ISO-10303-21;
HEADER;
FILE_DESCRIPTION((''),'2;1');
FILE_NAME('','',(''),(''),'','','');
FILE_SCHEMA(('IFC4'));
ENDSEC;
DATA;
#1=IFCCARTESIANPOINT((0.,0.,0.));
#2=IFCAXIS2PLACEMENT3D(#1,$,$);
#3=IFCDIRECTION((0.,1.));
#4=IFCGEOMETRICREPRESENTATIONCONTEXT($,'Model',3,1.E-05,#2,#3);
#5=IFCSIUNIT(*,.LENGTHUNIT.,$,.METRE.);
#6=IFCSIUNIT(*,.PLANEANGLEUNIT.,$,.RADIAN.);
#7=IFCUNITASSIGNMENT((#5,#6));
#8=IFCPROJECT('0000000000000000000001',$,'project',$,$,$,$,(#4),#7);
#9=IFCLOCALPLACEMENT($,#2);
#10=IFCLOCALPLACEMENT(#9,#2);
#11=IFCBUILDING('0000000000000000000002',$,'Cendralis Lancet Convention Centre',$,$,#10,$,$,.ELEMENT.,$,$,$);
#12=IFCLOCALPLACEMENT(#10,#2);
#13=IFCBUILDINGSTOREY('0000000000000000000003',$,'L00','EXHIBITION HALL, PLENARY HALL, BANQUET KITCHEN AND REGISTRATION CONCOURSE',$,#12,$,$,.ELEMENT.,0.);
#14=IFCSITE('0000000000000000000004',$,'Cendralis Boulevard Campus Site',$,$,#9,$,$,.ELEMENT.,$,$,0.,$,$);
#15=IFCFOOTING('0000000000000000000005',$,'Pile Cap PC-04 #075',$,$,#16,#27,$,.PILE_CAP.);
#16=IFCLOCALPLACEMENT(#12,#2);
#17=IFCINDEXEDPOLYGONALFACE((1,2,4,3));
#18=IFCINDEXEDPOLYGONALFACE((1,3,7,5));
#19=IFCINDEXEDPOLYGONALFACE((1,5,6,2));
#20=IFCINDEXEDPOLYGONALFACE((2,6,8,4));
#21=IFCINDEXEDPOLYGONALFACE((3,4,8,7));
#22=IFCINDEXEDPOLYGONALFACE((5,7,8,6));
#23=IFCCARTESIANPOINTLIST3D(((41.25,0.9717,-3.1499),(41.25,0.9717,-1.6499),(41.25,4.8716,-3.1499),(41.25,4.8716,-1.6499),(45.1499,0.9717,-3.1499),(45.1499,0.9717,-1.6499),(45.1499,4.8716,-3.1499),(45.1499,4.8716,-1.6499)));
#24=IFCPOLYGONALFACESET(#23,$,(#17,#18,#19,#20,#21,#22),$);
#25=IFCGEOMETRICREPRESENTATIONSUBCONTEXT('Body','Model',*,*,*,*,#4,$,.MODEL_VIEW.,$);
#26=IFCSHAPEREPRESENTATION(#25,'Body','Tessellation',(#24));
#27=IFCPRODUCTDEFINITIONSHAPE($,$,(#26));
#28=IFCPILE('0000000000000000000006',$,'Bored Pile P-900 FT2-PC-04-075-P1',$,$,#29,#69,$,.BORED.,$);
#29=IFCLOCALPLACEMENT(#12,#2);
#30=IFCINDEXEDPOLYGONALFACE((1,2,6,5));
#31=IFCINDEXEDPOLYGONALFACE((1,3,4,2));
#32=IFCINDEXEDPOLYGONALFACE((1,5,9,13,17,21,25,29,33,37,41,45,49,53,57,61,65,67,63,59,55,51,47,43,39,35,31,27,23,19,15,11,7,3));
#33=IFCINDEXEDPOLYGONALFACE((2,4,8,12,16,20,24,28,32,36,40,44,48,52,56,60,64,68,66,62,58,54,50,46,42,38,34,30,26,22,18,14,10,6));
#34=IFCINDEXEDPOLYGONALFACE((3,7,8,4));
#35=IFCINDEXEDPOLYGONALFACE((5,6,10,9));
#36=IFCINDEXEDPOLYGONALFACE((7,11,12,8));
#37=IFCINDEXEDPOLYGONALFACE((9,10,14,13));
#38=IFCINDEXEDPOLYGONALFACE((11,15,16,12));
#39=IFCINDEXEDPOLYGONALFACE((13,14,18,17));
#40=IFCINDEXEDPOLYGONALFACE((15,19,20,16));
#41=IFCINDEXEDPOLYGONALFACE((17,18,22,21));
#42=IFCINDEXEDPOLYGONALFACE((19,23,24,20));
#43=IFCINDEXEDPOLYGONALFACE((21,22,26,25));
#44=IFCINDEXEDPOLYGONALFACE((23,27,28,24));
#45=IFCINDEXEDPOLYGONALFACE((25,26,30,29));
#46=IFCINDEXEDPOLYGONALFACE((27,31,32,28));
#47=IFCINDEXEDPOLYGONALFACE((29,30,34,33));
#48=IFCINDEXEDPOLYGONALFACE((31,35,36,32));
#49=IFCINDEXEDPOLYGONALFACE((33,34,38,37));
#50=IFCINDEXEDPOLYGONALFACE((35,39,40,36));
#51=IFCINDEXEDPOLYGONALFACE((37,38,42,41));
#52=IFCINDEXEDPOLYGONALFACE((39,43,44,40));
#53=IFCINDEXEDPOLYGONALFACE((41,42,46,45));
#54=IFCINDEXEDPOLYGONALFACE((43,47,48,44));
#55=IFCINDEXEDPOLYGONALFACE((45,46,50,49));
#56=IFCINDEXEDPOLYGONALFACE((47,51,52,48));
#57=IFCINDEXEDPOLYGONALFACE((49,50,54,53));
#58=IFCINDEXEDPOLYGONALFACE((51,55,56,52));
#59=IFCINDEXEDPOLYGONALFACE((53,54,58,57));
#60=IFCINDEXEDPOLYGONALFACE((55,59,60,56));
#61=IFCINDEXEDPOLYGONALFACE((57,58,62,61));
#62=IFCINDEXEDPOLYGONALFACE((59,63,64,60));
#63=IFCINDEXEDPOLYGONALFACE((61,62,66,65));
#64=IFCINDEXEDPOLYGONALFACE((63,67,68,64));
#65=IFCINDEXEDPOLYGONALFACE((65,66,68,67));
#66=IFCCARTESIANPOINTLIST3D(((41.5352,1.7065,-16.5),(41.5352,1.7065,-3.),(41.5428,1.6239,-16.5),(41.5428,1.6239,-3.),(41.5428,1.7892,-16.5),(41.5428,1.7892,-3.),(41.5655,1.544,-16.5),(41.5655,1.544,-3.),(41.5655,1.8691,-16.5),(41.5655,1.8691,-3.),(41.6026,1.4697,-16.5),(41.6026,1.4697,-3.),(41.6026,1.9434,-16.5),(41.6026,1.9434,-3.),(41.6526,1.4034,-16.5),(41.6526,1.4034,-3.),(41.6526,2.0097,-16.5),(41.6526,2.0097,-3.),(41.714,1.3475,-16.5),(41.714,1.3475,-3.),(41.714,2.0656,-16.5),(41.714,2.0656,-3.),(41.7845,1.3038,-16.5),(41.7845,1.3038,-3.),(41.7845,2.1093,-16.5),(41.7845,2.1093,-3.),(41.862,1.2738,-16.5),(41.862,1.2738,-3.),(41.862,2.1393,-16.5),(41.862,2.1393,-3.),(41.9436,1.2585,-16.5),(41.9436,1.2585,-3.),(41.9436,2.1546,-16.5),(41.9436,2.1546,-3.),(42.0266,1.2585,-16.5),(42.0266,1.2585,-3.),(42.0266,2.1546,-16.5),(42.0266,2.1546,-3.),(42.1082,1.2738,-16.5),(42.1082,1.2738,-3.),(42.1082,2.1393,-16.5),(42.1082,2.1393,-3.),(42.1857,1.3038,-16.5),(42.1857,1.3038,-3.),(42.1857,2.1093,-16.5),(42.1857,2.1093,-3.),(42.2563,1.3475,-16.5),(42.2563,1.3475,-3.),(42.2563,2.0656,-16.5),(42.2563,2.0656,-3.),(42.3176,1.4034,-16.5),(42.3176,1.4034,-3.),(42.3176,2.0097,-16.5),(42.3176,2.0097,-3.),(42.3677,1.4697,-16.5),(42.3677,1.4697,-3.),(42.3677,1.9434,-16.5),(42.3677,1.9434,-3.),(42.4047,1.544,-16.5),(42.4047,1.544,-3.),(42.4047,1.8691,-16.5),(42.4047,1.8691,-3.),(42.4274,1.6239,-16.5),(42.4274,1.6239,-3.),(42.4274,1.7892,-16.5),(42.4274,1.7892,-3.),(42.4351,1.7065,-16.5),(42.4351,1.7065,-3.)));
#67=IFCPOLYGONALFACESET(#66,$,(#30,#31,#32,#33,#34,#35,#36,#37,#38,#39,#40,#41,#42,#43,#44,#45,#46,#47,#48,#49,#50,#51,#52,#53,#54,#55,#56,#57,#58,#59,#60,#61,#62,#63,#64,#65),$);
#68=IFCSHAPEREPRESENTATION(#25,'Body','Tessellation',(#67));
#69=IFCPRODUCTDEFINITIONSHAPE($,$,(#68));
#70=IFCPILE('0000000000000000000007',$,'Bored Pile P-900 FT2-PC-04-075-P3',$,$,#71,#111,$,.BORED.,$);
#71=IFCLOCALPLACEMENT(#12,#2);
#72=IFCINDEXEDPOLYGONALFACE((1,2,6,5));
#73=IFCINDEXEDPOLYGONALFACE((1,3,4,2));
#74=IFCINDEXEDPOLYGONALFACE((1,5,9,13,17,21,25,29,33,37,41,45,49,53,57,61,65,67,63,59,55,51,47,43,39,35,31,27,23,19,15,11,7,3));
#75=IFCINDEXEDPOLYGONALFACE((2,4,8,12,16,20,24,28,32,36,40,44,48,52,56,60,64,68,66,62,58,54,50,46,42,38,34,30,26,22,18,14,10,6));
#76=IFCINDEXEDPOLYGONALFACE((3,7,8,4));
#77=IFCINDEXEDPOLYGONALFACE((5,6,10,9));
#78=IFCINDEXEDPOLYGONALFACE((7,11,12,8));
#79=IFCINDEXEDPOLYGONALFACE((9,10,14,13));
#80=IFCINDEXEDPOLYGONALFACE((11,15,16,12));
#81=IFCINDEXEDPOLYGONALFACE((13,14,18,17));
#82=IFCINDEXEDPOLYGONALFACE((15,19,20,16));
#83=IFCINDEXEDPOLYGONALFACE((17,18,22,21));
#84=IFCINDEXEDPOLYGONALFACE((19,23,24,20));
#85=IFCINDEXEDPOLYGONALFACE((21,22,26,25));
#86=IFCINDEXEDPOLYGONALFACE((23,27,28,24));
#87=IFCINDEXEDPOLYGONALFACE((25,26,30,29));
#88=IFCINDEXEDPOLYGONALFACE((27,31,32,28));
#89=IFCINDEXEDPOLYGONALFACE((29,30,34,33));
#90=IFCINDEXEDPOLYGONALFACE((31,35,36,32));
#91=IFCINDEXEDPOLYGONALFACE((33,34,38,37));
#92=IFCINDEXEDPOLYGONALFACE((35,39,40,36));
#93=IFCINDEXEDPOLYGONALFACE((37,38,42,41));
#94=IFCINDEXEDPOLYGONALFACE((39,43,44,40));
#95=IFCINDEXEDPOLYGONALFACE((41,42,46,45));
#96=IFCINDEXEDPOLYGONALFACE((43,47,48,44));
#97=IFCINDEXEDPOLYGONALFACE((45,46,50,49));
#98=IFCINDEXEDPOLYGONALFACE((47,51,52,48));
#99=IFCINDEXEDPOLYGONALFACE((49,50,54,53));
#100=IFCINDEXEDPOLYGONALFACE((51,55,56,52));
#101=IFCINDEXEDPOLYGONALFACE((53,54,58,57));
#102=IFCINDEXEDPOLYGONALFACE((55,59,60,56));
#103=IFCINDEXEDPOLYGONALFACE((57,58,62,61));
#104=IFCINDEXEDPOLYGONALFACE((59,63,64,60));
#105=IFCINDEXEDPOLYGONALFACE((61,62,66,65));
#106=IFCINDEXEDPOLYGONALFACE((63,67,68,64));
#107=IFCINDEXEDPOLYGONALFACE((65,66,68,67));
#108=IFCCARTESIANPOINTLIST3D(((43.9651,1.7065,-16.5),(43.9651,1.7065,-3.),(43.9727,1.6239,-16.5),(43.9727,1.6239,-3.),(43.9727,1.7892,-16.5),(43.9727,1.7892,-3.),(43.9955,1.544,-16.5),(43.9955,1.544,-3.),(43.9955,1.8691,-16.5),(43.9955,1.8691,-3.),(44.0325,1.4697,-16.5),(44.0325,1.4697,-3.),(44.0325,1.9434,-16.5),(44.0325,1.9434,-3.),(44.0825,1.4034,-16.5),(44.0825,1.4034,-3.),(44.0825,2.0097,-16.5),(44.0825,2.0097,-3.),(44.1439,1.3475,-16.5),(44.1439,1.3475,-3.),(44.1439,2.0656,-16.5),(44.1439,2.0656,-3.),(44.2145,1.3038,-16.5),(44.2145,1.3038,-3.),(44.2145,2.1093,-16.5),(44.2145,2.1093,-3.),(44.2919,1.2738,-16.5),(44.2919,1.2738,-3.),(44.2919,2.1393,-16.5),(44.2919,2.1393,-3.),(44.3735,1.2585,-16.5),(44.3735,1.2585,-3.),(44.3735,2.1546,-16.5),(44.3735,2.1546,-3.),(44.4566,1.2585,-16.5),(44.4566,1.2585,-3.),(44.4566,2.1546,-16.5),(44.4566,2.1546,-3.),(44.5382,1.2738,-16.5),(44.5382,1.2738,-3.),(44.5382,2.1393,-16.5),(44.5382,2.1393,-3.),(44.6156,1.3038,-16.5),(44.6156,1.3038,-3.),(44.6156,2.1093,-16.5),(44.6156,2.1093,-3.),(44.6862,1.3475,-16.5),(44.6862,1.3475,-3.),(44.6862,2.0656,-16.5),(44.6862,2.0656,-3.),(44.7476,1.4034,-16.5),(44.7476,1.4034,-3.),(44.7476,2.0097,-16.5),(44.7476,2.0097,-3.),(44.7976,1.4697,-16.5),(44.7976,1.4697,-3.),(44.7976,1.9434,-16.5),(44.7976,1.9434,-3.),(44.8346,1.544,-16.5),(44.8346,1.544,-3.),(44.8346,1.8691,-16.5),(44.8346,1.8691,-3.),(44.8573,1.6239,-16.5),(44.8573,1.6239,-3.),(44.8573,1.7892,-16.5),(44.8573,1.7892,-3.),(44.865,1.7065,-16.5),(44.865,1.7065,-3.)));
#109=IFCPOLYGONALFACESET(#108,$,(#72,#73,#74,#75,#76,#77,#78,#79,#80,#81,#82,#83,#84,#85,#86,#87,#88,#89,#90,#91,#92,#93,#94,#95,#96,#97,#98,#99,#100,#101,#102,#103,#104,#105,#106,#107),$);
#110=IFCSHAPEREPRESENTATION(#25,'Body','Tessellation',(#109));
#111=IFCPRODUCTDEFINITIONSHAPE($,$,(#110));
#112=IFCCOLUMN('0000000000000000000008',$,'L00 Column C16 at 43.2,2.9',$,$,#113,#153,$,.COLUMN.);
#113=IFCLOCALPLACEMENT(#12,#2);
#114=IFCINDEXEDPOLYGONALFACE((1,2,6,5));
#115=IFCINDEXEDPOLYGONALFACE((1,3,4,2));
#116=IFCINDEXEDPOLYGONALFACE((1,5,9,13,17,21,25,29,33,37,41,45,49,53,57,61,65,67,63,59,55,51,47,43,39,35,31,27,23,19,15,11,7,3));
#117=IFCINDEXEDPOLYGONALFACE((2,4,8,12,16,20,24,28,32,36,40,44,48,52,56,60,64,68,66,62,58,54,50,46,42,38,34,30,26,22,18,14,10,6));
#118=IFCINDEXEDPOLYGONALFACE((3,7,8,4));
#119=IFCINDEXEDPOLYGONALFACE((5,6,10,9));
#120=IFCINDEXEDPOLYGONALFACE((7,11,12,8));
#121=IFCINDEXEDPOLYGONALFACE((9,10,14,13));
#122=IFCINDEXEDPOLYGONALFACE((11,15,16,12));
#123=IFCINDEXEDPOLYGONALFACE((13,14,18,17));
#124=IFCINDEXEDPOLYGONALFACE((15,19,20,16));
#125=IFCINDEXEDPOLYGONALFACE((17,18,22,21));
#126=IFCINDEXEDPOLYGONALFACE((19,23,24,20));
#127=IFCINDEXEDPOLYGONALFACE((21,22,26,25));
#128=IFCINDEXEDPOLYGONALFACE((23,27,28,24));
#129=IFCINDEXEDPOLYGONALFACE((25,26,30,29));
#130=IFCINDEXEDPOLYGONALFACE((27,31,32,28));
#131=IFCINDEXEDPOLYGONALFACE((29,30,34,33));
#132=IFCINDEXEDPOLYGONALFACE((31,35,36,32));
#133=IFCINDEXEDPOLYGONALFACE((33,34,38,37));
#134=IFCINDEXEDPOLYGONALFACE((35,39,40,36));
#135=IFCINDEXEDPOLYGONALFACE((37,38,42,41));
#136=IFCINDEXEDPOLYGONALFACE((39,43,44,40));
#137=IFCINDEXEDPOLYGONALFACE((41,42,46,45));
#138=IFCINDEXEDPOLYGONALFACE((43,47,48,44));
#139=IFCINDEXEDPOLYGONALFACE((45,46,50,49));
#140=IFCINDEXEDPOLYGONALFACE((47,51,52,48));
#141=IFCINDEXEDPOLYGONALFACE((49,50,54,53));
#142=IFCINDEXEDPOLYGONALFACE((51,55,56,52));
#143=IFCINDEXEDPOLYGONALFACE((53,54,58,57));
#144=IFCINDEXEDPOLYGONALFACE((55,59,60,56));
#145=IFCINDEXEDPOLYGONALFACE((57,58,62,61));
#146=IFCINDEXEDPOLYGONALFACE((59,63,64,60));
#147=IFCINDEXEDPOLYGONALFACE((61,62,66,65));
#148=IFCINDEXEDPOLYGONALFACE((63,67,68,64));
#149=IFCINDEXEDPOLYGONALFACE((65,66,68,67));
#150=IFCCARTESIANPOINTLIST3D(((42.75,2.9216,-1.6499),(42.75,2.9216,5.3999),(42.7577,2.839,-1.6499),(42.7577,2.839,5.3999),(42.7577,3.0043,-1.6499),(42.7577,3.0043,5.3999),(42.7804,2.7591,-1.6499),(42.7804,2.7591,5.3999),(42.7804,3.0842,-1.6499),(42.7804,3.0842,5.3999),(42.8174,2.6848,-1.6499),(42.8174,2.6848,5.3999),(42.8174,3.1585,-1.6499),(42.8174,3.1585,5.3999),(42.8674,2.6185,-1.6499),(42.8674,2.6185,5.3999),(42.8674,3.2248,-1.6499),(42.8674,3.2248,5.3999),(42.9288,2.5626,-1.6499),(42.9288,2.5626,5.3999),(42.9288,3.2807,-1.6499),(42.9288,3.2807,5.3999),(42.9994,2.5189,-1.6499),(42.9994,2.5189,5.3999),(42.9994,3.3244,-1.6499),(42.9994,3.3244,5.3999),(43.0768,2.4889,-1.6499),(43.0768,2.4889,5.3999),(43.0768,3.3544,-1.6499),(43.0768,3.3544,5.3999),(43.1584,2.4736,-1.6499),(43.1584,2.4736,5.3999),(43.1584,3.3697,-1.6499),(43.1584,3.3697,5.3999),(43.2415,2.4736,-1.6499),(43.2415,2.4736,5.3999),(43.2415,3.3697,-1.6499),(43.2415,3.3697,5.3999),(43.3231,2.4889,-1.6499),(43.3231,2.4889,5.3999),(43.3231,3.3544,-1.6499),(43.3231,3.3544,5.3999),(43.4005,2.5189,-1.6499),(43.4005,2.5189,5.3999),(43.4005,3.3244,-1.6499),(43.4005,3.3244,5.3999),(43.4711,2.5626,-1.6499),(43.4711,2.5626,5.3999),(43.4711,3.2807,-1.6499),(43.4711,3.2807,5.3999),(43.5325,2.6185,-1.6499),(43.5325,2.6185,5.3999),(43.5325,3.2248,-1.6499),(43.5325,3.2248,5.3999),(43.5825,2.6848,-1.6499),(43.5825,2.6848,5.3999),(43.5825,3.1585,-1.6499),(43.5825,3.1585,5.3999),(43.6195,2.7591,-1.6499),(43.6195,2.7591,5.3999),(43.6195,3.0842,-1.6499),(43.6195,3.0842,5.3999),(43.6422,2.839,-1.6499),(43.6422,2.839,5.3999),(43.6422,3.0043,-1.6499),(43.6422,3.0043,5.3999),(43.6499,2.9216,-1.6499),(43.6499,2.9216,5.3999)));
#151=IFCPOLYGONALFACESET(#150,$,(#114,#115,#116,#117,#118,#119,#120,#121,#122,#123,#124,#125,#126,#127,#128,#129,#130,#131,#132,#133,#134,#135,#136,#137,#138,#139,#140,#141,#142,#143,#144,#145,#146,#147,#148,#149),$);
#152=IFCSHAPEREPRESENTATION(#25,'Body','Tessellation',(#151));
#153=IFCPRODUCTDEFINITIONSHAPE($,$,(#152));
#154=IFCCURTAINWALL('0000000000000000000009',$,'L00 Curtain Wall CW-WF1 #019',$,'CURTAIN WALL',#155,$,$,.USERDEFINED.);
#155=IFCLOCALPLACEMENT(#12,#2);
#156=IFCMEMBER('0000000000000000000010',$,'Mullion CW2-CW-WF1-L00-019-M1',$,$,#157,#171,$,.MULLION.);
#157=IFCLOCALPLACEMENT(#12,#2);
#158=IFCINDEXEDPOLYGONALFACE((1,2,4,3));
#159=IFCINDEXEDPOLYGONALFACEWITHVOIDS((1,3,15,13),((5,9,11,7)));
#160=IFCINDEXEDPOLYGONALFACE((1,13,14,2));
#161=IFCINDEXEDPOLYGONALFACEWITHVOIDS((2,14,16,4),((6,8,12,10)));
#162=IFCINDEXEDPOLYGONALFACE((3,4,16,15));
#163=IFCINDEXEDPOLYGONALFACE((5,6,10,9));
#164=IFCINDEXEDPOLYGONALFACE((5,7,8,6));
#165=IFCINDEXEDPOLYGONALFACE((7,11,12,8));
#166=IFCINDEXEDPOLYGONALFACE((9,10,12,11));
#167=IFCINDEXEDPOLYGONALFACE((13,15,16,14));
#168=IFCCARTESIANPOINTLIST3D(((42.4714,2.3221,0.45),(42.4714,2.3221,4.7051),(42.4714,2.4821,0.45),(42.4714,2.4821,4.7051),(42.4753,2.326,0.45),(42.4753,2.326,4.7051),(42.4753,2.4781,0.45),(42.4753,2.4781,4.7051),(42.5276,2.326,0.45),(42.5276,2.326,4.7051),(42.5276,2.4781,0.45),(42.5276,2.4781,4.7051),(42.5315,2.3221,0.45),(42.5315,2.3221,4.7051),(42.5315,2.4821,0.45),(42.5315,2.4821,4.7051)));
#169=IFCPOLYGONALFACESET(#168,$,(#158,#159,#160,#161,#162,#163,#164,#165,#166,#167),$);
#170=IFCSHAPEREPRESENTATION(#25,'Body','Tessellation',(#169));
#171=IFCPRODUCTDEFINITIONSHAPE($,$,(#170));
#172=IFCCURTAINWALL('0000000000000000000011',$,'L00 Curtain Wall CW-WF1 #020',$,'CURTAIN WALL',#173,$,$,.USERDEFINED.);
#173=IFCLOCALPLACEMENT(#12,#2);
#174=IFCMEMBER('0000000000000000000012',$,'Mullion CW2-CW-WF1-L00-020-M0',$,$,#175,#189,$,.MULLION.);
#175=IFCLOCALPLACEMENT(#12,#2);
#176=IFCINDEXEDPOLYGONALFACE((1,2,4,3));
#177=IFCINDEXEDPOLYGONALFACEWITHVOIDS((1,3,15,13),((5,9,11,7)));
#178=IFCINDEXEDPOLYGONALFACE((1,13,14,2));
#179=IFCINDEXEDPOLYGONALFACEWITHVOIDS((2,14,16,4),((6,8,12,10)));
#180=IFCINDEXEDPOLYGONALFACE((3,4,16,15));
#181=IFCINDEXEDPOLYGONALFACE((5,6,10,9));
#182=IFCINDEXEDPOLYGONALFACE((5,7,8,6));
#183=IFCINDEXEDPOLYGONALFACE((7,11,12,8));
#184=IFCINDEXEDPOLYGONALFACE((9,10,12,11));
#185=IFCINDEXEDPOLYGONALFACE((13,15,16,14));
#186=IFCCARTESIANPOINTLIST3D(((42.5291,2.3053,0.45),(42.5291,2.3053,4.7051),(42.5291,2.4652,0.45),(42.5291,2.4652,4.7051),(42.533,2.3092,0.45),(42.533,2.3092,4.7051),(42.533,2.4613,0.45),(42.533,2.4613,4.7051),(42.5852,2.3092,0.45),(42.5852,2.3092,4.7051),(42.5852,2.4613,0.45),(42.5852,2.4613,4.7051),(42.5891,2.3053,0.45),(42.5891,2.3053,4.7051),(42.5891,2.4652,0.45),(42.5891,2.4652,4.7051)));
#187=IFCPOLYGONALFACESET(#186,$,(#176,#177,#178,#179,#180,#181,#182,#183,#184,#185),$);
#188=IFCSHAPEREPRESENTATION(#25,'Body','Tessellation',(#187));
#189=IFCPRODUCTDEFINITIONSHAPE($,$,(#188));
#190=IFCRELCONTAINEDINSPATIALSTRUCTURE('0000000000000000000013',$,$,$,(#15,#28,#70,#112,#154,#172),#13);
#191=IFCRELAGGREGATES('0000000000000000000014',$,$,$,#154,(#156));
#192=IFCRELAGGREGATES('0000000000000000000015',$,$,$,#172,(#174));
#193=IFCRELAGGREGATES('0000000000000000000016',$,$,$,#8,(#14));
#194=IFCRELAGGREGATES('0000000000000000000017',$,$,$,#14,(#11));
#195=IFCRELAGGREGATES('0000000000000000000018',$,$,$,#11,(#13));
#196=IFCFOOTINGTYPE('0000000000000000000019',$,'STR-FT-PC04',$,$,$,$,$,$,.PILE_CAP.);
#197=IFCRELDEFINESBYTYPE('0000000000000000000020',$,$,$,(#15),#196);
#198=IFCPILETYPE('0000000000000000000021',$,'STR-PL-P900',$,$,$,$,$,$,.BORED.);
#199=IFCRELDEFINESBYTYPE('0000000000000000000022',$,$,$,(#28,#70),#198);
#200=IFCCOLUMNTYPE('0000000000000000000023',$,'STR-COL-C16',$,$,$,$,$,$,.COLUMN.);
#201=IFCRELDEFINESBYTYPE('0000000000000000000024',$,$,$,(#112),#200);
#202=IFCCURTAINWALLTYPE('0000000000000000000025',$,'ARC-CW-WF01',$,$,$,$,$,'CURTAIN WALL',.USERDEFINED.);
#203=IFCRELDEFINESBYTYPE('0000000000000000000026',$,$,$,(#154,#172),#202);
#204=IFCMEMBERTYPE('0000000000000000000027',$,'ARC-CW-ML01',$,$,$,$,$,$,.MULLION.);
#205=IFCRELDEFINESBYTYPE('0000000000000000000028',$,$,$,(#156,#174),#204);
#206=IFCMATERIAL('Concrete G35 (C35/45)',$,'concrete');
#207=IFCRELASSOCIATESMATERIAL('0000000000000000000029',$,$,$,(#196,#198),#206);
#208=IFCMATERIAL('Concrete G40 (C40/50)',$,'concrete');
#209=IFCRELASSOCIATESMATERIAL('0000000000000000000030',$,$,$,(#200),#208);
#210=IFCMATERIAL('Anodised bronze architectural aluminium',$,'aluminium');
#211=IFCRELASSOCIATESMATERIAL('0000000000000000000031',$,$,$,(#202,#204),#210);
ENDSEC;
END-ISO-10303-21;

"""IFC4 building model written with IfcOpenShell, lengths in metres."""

from ifc_helpers import new_model, si_unit, direction, frame, origin, origin_2d, place, context, subcontext, project, spatial, rectangle, hollow_rectangle, circle, extrude, material, material_profile, profile_set, type_object, element, aggregate, save


model = new_model("IFC4")

# Units and contexts
model_context = context("Model", 3, precision=1e-05, world=origin(), true_north=direction((0.0, 1.0)))
body_context = subcontext(model_context, "Body", "Model", "MODEL_VIEW")
ifc_project = project(units=[si_unit("LENGTHUNIT", "METRE"), si_unit("PLANEANGLEUNIT", "RADIAN")], contexts=[model_context])

# Site, building, storey
site_placement = place(None, origin())
site = spatial("IfcSite", under=ifc_project, at=site_placement, Name="Cendralis Boulevard Campus Site", CompositionType="ELEMENT", RefElevation=0.0)
building_placement = place(site_placement, origin())
building = spatial("IfcBuilding", under=site, at=building_placement, Name="Cendralis Lancet Convention Centre", CompositionType="ELEMENT")
storey_placement = place(building_placement, origin())
storey = spatial("IfcBuildingStorey", under=building, at=storey_placement, Name="L00", Description="EXHIBITION HALL, PLENARY HALL, BANQUET KITCHEN AND REGISTRATION CONCOURSE", CompositionType="ELEMENT", Elevation=0.0)

# Footing
ifc_material_1 = material(Name="Concrete G35 (C35/45)", Category="concrete")
footing_type = type_object("IfcFootingType", Name="STR-FT-PC04", PredefinedType="PILE_CAP", material=ifc_material_1)
footing_placement = place(storey_placement, frame((43.2, 2.9216, -3.1499), z_axis=(0.0, 0.0, 1.0), x_axis=(1.0, 0.0, 0.0)))
element("IfcFooting", 1, at=footing_placement, inside=storey, type_object=footing_type, Name="Pile Cap PC-04 #075", PredefinedType="PILE_CAP", context=body_context, shape_type="SweptSolid", body=[
    extrude(rectangle(XDim=3.8999, YDim=3.8999, at=origin_2d()), origin(), (0.0, 0.0, 1.0), 1.5),
])

# Piles
ifc_material_profile_1 = material_profile(ifc_material_1, circle(Radius=0.45, at=origin_2d()), Name="BORED PILE D900")
ifc_profile_set_1 = profile_set([ifc_material_profile_1], Name="Concrete G35 (C35/45)")
pile_type = type_object("IfcPileType", Name="STR-PL-P900", PredefinedType="BORED", material=ifc_profile_set_1)
for number, where, z_axis, x_axis, name in (
    (2, (41.9851, 1.7065, -3.0), (0.0, 0.0, -1.0), (1.0, 0.0, 0.0), "Bored Pile P-900 FT2-PC-04-075-P1"),
    (3, (44.415, 1.7065, -3.0), (0.0, 0.0, -1.0), (1.0, 0.0, 0.0), "Bored Pile P-900 FT2-PC-04-075-P3"),
):
    element("IfcPile", number, at=place(storey_placement, frame(where, z_axis=z_axis, x_axis=x_axis)), inside=storey, type_object=pile_type, Name=name, PredefinedType="BORED", context=body_context, shape_type="SweptSolid", body=[
        extrude(circle(Radius=0.45, at=origin_2d()), origin(), (0.0, 0.0, 1.0), 13.5),
    ])

# Column
ifc_material_2 = material(Name="Concrete G40 (C40/50)", Category="concrete")
ifc_material_profile_2 = material_profile(ifc_material_2, circle(Radius=0.45, at=origin_2d()), Name="RC D900")
ifc_profile_set_2 = profile_set([ifc_material_profile_2], Name="Concrete G40 (C40/50)")
column_type = type_object("IfcColumnType", Name="STR-COL-C16", PredefinedType="COLUMN", material=ifc_profile_set_2)
column_placement = place(storey_placement, frame((43.2, 2.9216, -1.6499), z_axis=(0.0, 0.0, 1.0), x_axis=(1.0, 0.0, 0.0)))
element("IfcColumn", 4, at=column_placement, inside=storey, type_object=column_type, Name="L00 Column C16 at 43.2,2.9", PredefinedType="COLUMN", context=body_context, shape_type="SweptSolid", body=[
    extrude(circle(Radius=0.45, at=origin_2d()), origin(), (0.0, 0.0, 1.0), 7.0498),
])

# Curtain wall, member
ifc_material_3 = material(Name="Anodised bronze architectural aluminium", Category="aluminium")
curtain_wall_type = type_object("IfcCurtainWallType", Name="ARC-CW-WF01", ElementType="CURTAIN WALL", PredefinedType="USERDEFINED", material=ifc_material_3)
curtain_wall_1_placement = place(storey_placement, origin())
curtain_wall_1 = element("IfcCurtainWall", 5, at=curtain_wall_1_placement, inside=storey, type_object=curtain_wall_type, Name="L00 Curtain Wall CW-WF1 #019", ObjectType="CURTAIN WALL", PredefinedType="USERDEFINED")
ifc_material_profile_3 = material_profile(ifc_material_3, hollow_rectangle(XDim=0.0601, YDim=0.1599, WallThickness=0.0039, at=origin_2d()), Name="AL-MULL 60x160x4.0")
ifc_profile_set_3 = profile_set([ifc_material_profile_3], Name="Anodised bronze architectural aluminium")
member_type_1 = type_object("IfcMemberType", Name="ARC-CW-ML01", PredefinedType="MULLION", material=ifc_profile_set_3)
member_1_placement = place(storey_placement, frame((42.5015, 2.4021, 0.45), z_axis=(0.0, 0.0, 1.0), x_axis=(1.0, 0.0, 0.0)))
member_1 = element("IfcMember", 6, at=member_1_placement, type_object=member_type_1, Name="Mullion CW2-CW-WF1-L00-019-M1", PredefinedType="MULLION", context=body_context, shape_type="SweptSolid", body=[
    extrude(hollow_rectangle(XDim=0.0601, YDim=0.1599, WallThickness=0.0039, at=origin_2d()), origin(), (0.0, 0.0, 1.0), 4.2551),
])

# Curtain wall, member
curtain_wall_2_placement = place(storey_placement, origin())
curtain_wall_2 = element("IfcCurtainWall", 7, at=curtain_wall_2_placement, inside=storey, type_object=curtain_wall_type, Name="L00 Curtain Wall CW-WF1 #020", ObjectType="CURTAIN WALL", PredefinedType="USERDEFINED")
member_2_placement = place(storey_placement, frame((42.5591, 2.3853, 0.45), z_axis=(0.0, 0.0, 1.0), x_axis=(1.0, 0.0, 0.0)))
member_2 = element("IfcMember", 8, at=member_2_placement, type_object=member_type_1, Name="Mullion CW2-CW-WF1-L00-020-M0", PredefinedType="MULLION", context=body_context, shape_type="SweptSolid", body=[
    extrude(hollow_rectangle(XDim=0.0601, YDim=0.1599, WallThickness=0.0039, at=origin_2d()), origin(), (0.0, 0.0, 1.0), 4.2551),
])

aggregate(curtain_wall_1, [member_1])
aggregate(curtain_wall_2, [member_2])

save(model, "model.ifc")
